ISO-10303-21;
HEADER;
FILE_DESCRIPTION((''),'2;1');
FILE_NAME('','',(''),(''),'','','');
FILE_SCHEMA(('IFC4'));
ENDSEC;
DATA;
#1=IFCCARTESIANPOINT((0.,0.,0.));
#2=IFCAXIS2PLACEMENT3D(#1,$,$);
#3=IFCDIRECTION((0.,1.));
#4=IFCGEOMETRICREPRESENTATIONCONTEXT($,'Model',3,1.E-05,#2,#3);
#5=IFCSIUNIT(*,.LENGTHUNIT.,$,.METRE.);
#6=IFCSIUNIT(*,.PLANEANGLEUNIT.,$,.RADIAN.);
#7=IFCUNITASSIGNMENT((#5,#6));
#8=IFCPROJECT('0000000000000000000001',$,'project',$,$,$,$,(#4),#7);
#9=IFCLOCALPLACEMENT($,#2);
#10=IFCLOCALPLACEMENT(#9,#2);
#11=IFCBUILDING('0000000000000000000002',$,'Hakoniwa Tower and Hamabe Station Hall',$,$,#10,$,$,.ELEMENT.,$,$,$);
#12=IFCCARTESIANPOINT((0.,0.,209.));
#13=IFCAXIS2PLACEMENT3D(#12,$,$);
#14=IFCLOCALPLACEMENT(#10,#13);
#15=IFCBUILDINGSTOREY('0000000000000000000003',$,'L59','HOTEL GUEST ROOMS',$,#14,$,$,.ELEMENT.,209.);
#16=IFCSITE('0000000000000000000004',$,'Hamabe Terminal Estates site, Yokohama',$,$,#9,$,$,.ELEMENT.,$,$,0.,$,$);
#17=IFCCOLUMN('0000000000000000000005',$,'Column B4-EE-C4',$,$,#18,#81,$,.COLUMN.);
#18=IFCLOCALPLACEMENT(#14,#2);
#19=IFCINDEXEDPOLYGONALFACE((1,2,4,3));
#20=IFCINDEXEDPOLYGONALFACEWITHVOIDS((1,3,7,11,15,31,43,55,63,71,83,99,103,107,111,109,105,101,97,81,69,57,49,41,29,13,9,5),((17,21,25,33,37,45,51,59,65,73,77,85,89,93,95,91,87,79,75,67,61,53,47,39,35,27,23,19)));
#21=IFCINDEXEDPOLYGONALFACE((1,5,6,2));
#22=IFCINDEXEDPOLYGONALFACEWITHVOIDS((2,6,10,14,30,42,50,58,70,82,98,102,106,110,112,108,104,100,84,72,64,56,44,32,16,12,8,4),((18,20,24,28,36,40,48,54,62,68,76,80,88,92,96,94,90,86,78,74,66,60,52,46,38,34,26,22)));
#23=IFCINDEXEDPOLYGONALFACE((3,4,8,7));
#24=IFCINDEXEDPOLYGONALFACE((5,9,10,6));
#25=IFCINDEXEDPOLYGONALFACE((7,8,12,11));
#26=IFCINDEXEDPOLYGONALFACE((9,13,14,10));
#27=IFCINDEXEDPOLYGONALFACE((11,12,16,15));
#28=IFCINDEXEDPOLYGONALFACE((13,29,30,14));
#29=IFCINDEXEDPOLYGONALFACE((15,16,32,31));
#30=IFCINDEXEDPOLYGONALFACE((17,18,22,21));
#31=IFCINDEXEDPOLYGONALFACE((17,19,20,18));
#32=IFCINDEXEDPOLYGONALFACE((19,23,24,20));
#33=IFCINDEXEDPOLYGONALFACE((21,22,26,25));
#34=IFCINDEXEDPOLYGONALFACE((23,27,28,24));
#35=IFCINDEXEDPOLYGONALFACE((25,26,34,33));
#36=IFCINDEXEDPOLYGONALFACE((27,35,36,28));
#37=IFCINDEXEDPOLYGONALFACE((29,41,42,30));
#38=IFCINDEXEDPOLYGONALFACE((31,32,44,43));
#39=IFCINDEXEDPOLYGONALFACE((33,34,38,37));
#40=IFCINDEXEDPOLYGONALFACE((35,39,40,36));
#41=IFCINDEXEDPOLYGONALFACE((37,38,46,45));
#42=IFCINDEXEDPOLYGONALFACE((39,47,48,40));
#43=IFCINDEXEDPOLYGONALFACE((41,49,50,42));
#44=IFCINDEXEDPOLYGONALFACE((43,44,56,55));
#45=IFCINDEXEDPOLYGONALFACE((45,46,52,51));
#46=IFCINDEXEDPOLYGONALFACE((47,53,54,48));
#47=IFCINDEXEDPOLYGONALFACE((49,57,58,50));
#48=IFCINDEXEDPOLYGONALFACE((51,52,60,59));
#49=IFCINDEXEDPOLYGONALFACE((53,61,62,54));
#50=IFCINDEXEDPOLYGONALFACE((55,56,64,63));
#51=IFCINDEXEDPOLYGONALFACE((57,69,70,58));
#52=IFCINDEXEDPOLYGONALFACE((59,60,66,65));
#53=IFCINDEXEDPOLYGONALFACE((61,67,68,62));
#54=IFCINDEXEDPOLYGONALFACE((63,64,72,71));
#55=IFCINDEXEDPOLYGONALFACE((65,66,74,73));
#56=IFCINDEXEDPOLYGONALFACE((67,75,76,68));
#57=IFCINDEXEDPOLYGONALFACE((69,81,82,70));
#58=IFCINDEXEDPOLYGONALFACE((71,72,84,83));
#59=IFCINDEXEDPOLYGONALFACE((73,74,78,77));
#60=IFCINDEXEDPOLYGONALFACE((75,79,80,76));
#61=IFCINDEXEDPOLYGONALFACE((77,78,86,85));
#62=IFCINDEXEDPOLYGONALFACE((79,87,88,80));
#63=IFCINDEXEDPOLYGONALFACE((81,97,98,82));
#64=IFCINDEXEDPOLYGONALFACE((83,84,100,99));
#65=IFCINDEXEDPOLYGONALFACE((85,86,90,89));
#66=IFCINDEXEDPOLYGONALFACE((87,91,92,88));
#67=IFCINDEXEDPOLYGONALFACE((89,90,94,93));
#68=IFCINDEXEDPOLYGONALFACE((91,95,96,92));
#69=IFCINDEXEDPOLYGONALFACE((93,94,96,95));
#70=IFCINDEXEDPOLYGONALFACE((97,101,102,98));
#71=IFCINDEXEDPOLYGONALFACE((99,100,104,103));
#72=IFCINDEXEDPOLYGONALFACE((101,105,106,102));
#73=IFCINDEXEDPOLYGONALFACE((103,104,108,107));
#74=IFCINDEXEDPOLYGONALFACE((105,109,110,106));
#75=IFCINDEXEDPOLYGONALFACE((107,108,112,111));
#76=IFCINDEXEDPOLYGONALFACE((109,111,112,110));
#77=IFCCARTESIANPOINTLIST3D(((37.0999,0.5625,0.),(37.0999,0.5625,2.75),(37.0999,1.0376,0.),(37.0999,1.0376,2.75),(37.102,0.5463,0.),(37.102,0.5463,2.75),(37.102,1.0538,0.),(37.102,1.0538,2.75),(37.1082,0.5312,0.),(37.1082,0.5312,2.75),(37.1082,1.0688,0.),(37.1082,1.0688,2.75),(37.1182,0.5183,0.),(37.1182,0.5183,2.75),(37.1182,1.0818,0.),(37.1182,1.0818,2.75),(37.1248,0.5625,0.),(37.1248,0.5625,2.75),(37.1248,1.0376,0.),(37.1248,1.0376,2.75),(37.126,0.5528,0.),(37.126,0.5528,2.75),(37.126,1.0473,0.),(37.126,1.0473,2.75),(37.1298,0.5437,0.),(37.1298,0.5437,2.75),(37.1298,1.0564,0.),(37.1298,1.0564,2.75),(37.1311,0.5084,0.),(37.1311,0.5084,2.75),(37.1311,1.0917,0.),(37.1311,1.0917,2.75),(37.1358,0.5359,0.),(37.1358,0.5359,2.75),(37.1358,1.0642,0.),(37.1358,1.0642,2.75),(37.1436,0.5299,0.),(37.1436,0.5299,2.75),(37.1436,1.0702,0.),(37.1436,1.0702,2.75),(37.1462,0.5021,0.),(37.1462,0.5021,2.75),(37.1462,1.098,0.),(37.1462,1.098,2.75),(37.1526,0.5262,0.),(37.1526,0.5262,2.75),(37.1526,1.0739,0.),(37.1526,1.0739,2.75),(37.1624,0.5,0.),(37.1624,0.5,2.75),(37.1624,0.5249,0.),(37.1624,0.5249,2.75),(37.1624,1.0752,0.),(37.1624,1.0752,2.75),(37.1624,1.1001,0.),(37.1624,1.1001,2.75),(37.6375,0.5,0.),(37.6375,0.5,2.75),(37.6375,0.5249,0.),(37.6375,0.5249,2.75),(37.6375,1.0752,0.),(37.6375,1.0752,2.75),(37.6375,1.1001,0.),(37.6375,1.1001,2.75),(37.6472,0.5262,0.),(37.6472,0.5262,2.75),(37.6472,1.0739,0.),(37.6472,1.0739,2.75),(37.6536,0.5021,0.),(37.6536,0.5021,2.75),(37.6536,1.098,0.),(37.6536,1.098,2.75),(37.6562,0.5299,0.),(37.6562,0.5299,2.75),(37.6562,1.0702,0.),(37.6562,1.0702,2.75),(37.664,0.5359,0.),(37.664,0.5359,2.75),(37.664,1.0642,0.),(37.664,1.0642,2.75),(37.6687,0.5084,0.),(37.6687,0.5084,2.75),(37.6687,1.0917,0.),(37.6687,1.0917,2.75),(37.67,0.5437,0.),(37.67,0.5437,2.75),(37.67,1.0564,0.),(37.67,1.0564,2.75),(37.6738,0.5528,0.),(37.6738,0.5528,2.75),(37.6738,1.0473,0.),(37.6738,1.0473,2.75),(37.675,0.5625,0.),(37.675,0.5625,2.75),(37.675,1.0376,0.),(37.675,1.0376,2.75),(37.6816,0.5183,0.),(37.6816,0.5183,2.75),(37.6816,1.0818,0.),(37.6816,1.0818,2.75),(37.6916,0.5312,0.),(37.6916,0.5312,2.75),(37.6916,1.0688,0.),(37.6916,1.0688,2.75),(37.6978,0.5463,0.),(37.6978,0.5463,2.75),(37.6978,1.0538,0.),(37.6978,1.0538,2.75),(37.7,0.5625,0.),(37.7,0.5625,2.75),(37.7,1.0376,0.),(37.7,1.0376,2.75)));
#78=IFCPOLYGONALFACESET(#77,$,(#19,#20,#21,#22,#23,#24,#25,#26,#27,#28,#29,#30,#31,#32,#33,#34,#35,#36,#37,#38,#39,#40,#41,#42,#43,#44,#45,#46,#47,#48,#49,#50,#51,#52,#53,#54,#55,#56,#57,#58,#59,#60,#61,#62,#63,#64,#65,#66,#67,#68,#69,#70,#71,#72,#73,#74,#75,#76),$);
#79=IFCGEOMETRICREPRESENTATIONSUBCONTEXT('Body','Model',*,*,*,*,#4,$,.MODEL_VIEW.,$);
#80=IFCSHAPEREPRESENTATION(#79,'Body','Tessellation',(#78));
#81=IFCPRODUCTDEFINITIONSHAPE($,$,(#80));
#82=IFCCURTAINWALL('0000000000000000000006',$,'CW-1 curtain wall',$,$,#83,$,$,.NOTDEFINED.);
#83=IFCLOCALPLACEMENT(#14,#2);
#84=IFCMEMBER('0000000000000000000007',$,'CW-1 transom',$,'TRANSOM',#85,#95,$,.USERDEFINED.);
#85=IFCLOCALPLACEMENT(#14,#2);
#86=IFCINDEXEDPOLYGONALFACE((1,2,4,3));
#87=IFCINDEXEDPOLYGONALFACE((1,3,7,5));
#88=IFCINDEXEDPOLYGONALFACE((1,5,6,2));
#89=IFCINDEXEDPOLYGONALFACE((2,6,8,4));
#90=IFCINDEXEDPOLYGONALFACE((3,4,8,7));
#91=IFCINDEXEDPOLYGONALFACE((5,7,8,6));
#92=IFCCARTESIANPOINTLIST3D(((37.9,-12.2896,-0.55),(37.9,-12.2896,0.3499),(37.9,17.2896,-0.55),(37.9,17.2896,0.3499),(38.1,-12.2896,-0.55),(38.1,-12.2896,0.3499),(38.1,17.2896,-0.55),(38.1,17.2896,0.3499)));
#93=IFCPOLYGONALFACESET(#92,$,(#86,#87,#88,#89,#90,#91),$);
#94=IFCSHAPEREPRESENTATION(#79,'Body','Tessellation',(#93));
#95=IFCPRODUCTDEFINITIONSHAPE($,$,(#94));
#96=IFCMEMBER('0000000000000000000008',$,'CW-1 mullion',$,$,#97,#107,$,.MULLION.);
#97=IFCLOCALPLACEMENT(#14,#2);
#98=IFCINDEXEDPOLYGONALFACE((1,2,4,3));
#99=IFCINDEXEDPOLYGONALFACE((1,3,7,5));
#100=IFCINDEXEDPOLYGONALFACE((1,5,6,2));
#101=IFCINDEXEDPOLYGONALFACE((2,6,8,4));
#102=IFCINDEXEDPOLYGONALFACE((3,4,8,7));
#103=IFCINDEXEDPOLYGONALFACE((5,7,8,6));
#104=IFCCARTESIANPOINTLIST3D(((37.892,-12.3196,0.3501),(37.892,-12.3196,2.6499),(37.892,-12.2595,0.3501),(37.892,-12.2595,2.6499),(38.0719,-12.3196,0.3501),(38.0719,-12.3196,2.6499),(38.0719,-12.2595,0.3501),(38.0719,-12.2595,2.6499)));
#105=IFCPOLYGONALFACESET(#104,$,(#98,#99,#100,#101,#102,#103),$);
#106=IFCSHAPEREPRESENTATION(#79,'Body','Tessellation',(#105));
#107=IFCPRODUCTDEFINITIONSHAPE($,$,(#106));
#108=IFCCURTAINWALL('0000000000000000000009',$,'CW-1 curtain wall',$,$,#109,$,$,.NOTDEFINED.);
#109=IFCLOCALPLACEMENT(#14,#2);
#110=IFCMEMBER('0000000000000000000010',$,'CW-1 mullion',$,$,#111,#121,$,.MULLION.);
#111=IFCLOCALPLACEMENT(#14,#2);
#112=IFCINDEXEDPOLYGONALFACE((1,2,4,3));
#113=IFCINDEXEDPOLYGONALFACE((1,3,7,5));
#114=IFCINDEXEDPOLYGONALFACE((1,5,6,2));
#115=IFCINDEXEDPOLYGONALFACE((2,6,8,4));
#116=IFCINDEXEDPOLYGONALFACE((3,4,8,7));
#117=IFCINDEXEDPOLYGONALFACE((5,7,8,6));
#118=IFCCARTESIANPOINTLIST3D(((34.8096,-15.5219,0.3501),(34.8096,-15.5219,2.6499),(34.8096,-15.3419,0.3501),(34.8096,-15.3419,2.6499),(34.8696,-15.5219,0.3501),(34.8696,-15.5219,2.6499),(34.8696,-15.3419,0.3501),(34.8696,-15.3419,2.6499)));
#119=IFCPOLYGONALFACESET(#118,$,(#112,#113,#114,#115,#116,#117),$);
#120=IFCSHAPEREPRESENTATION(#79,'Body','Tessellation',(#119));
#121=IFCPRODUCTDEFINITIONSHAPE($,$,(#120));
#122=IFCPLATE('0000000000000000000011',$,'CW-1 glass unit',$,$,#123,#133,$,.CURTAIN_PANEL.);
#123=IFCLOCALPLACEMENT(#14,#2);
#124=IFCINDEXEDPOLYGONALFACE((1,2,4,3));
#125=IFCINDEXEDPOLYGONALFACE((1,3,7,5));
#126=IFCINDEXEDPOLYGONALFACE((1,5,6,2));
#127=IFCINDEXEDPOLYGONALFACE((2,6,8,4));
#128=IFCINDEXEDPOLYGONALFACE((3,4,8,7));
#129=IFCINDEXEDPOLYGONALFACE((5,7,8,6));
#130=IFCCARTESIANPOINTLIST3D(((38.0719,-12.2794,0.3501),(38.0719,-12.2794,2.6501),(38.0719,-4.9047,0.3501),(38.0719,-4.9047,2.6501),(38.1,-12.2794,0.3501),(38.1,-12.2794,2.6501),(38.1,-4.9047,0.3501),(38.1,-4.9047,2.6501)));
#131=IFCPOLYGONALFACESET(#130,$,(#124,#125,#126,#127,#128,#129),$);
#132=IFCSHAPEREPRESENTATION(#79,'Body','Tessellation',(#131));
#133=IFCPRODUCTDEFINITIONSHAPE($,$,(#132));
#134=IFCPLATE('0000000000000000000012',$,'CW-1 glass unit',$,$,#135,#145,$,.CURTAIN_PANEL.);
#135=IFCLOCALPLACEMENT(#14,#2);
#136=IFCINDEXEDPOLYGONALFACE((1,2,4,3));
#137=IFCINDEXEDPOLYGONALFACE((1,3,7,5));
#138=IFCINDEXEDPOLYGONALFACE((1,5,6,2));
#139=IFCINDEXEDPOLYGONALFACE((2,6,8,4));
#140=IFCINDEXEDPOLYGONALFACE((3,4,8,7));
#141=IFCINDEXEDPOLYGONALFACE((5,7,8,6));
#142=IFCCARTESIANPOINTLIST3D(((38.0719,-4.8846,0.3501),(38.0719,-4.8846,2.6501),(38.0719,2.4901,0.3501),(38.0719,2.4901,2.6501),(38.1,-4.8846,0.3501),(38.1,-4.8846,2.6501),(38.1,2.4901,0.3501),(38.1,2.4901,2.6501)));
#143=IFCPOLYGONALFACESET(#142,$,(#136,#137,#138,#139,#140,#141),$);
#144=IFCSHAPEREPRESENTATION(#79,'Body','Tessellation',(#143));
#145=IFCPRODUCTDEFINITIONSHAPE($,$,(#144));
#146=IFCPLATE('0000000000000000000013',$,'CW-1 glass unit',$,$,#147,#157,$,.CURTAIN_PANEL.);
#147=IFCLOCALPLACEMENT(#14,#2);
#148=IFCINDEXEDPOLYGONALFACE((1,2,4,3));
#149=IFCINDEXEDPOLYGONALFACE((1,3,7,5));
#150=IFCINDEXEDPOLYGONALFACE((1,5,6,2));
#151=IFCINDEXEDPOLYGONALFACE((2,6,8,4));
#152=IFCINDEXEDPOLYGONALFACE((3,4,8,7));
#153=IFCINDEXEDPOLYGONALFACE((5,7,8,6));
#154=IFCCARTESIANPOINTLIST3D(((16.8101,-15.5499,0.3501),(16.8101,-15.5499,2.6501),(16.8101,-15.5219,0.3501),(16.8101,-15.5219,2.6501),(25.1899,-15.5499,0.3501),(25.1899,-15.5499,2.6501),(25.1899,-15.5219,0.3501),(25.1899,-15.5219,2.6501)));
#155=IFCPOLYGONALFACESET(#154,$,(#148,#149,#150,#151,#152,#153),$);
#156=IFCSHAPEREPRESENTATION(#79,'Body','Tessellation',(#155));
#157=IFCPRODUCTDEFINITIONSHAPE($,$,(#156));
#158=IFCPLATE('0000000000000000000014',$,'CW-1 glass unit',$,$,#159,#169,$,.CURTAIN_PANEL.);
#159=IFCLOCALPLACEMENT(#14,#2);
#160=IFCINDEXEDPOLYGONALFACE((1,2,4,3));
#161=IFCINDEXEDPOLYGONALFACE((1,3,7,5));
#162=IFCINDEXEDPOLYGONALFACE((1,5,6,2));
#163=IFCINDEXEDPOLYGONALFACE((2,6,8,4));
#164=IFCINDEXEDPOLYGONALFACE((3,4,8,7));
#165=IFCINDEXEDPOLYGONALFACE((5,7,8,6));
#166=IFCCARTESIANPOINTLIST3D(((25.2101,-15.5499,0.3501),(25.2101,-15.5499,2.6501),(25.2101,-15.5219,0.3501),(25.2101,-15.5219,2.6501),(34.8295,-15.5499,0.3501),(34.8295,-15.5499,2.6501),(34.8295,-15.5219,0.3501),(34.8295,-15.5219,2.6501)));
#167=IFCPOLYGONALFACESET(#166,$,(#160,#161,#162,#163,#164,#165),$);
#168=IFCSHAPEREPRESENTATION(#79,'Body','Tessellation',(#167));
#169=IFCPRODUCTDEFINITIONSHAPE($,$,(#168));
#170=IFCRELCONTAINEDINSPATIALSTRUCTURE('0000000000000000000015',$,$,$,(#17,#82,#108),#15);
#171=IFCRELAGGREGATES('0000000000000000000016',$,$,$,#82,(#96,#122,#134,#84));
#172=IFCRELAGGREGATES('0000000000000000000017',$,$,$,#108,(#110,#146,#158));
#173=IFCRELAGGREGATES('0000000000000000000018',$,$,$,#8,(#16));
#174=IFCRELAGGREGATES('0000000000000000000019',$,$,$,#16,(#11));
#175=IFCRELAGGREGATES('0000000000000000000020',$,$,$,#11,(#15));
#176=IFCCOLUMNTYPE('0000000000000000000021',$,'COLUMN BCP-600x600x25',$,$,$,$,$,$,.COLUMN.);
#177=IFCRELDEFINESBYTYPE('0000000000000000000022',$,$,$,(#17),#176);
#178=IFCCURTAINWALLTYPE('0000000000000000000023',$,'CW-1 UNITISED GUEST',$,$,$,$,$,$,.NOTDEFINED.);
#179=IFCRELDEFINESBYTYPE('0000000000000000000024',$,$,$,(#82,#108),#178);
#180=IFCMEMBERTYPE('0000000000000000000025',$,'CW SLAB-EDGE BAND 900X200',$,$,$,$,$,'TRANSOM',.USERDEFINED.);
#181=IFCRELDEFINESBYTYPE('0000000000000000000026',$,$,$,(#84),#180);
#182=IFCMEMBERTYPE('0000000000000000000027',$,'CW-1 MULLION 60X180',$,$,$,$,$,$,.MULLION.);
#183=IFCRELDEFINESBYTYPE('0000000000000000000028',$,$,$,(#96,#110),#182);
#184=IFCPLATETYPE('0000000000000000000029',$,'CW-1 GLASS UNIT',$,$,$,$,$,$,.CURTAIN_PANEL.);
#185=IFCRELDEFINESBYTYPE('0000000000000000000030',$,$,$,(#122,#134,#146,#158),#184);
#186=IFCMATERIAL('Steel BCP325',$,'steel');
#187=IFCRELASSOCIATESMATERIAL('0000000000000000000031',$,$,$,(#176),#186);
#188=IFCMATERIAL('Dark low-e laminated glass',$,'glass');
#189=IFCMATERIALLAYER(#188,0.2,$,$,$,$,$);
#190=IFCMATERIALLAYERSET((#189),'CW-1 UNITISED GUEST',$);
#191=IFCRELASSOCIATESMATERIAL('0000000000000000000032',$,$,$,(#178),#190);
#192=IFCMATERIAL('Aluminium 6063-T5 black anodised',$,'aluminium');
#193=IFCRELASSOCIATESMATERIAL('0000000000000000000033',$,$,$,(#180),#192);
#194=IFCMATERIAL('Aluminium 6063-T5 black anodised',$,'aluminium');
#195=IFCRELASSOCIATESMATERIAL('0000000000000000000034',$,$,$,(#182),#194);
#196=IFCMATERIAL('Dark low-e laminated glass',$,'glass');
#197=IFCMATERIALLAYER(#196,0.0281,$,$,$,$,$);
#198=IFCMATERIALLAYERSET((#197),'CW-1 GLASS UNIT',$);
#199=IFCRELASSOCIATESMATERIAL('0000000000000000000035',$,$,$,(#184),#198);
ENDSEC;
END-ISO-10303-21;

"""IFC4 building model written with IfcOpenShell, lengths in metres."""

from ifc_helpers import new_model, si_unit, direction, frame, origin, origin_2d, place, context, subcontext, project, spatial, rectangle, hollow_rectangle, extrude, material, layer, layer_set, material_profile, profile_set, type_object, element, aggregate, save


model = new_model("IFC4")

# Units and contexts
model_context = context("Model", 3, precision=1e-05, world=origin(), true_north=direction((0.0, 1.0)))
body_context = subcontext(model_context, "Body", "Model", "MODEL_VIEW")
ifc_project = project(units=[si_unit("LENGTHUNIT", "METRE"), si_unit("PLANEANGLEUNIT", "RADIAN")], contexts=[model_context])

# Site, building, storey
site_placement = place(None, origin())
site = spatial("IfcSite", under=ifc_project, at=site_placement, Name="Hamabe Terminal Estates site, Yokohama", CompositionType="ELEMENT", RefElevation=0.0)
building_placement = place(site_placement, origin())
building = spatial("IfcBuilding", under=site, at=building_placement, Name="Hakoniwa Tower and Hamabe Station Hall", CompositionType="ELEMENT")
storey_placement = place(building_placement, frame((0.0, 0.0, 209.0)))
storey = spatial("IfcBuildingStorey", under=building, at=storey_placement, Name="L59", Description="HOTEL GUEST ROOMS", CompositionType="ELEMENT", Elevation=209.0)

# Column
ifc_material_1 = material(Name="Steel BCP325", Category="steel")
ifc_material_profile_1 = material_profile(ifc_material_1, hollow_rectangle(XDim=0.6001, YDim=0.6001, WallThickness=0.0249, InnerFilletRadius=0.0376, OuterFilletRadius=0.0625, at=origin_2d()), Name="BCP-600x600x25")
ifc_profile_set_1 = profile_set([ifc_material_profile_1], Name="Steel BCP325")
column_type = type_object("IfcColumnType", Name="COLUMN BCP-600x600x25", PredefinedType="COLUMN", material=ifc_profile_set_1)
for number, where, z_axis, x_axis, name in (
    (1, (37.3999, 0.8, 0.0), (0.0, 0.0, 1.0), (1.0, 0.0, 0.0), "Column B4-EE-C4"),
):
    element("IfcColumn", number, at=place(storey_placement, frame(where, z_axis=z_axis, x_axis=x_axis)), inside=storey, type_object=column_type, Name=name, PredefinedType="COLUMN", context=body_context, shape_type="SweptSolid", body=[
        extrude(hollow_rectangle(XDim=0.6001, YDim=0.6001, WallThickness=0.0249, InnerFilletRadius=0.0376, OuterFilletRadius=0.0625, at=origin_2d()), origin(), (0.0, 0.0, 1.0), 2.75),
    ])

# Curtain wall, members
ifc_material_2 = material(Name="Dark low-e laminated glass", Category="glass")
ifc_layer_1 = layer(ifc_material_2, 0.2)
ifc_layer_set_1 = layer_set([ifc_layer_1], Name="CW-1 UNITISED GUEST")
curtain_wall_type = type_object("IfcCurtainWallType", Name="CW-1 UNITISED GUEST", PredefinedType="NOTDEFINED", material=ifc_layer_set_1)
curtain_wall_1_placement = place(storey_placement, origin())
curtain_wall_1 = element("IfcCurtainWall", 2, at=curtain_wall_1_placement, inside=storey, type_object=curtain_wall_type, Name="CW-1 curtain wall", PredefinedType="NOTDEFINED")
ifc_material_3 = material(Name="Aluminium 6063-T5 black anodised", Category="aluminium")
ifc_material_profile_2 = material_profile(ifc_material_3, rectangle(XDim=0.2, YDim=0.8999, at=origin_2d()), Name="CW SLAB-EDGE BAND 900X200")
ifc_profile_set_2 = profile_set([ifc_material_profile_2], Name="Aluminium 6063-T5 black anodised")
member_type_1 = type_object("IfcMemberType", Name="CW SLAB-EDGE BAND 900X200", ElementType="TRANSOM", PredefinedType="USERDEFINED", material=ifc_profile_set_2)
member_1_placement = place(storey_placement, frame((38.0, -12.2896, -0.1001), z_axis=(0.0, 1.0, 0.0), x_axis=(-1.0, 0.0, 0.0)))
member_1 = element("IfcMember", 3, at=member_1_placement, type_object=member_type_1, Name="CW-1 transom", ObjectType="TRANSOM", PredefinedType="USERDEFINED", context=body_context, shape_type="SweptSolid", body=[
    extrude(rectangle(XDim=0.2, YDim=0.8999, at=origin_2d()), origin(), (0.0, 0.0, 1.0), 29.5791),
])
ifc_material_4 = material(Name="Aluminium 6063-T5 black anodised", Category="aluminium")
ifc_material_profile_3 = material_profile(ifc_material_4, rectangle(XDim=0.0601, YDim=0.1799, at=origin_2d()), Name="CW-1 MULLION 60X180")
ifc_profile_set_3 = profile_set([ifc_material_profile_3], Name="Aluminium 6063-T5 black anodised")
member_type_2 = type_object("IfcMemberType", Name="CW-1 MULLION 60X180", PredefinedType="MULLION", material=ifc_profile_set_3)
member_2_placement = place(storey_placement, frame((37.9819, -12.2896, 0.3501), z_axis=(0.0, 0.0, 1.0), x_axis=(0.0, 1.0, 0.0)))
member_2 = element("IfcMember", 4, at=member_2_placement, type_object=member_type_2, Name="CW-1 mullion", PredefinedType="MULLION", context=body_context, shape_type="SweptSolid", body=[
    extrude(rectangle(XDim=0.0601, YDim=0.1799, at=origin_2d()), origin(), (0.0, 0.0, 1.0), 2.2998),
])

# Curtain wall, member
curtain_wall_2_placement = place(storey_placement, origin())
curtain_wall_2 = element("IfcCurtainWall", 5, at=curtain_wall_2_placement, inside=storey, type_object=curtain_wall_type, Name="CW-1 curtain wall", PredefinedType="NOTDEFINED")
member_3_placement = place(storey_placement, frame((34.8396, -15.4319, 0.3501), z_axis=(0.0, 0.0, 1.0), x_axis=(1.0, 0.0, 0.0)))
member_3 = element("IfcMember", 6, at=member_3_placement, type_object=member_type_2, Name="CW-1 mullion", PredefinedType="MULLION", context=body_context, shape_type="SweptSolid", body=[
    extrude(rectangle(XDim=0.0601, YDim=0.1799, at=origin_2d()), origin(), (0.0, 0.0, 1.0), 2.2998),
])

# Plates
ifc_material_5 = material(Name="Dark low-e laminated glass", Category="glass")
ifc_layer_2 = layer(ifc_material_5, 0.0281)
ifc_layer_set_2 = layer_set([ifc_layer_2], Name="CW-1 GLASS UNIT")
plate_type = type_object("IfcPlateType", Name="CW-1 GLASS UNIT", PredefinedType="CURTAIN_PANEL", material=ifc_layer_set_2)
plate_1_placement = place(storey_placement, frame((38.0859, -8.592, 0.3501), z_axis=(0.0, 0.0, 1.0), x_axis=(0.0, 1.0, 0.0)))
plate_1 = element("IfcPlate", 7, at=plate_1_placement, type_object=plate_type, Name="CW-1 glass unit", PredefinedType="CURTAIN_PANEL", context=body_context, shape_type="SweptSolid", body=[
    extrude(rectangle(XDim=7.3748, YDim=0.0281, at=origin_2d()), origin(), (0.0, 0.0, 1.0), 2.3),
])
plate_2_placement = place(storey_placement, frame((38.0859, -1.1973, 0.3501), z_axis=(0.0, 0.0, 1.0), x_axis=(0.0, 1.0, 0.0)))
plate_2 = element("IfcPlate", 8, at=plate_2_placement, type_object=plate_type, Name="CW-1 glass unit", PredefinedType="CURTAIN_PANEL", context=body_context, shape_type="SweptSolid", body=[
    extrude(rectangle(XDim=7.3748, YDim=0.0281, at=origin_2d()), origin(), (0.0, 0.0, 1.0), 2.3),
])
aggregate(curtain_wall_1, [member_2, plate_1, plate_2, member_1])
plate_3_placement = place(storey_placement, frame((21.0, -15.5359, 0.3501), z_axis=(0.0, 0.0, 1.0), x_axis=(1.0, 0.0, 0.0)))
plate_3 = element("IfcPlate", 9, at=plate_3_placement, type_object=plate_type, Name="CW-1 glass unit", PredefinedType="CURTAIN_PANEL", context=body_context, shape_type="SweptSolid", body=[
    extrude(rectangle(XDim=8.3799, YDim=0.0281, at=origin_2d()), origin(), (0.0, 0.0, 1.0), 2.3),
])
plate_4_placement = place(storey_placement, frame((30.0198, -15.5359, 0.3501), z_axis=(0.0, 0.0, 1.0), x_axis=(1.0, 0.0, 0.0)))
plate_4 = element("IfcPlate", 10, at=plate_4_placement, type_object=plate_type, Name="CW-1 glass unit", PredefinedType="CURTAIN_PANEL", context=body_context, shape_type="SweptSolid", body=[
    extrude(rectangle(XDim=9.6194, YDim=0.0281, at=origin_2d()), origin(), (0.0, 0.0, 1.0), 2.3),
])
aggregate(curtain_wall_2, [member_3, plate_3, plate_4])

save(model, "model.ifc")
